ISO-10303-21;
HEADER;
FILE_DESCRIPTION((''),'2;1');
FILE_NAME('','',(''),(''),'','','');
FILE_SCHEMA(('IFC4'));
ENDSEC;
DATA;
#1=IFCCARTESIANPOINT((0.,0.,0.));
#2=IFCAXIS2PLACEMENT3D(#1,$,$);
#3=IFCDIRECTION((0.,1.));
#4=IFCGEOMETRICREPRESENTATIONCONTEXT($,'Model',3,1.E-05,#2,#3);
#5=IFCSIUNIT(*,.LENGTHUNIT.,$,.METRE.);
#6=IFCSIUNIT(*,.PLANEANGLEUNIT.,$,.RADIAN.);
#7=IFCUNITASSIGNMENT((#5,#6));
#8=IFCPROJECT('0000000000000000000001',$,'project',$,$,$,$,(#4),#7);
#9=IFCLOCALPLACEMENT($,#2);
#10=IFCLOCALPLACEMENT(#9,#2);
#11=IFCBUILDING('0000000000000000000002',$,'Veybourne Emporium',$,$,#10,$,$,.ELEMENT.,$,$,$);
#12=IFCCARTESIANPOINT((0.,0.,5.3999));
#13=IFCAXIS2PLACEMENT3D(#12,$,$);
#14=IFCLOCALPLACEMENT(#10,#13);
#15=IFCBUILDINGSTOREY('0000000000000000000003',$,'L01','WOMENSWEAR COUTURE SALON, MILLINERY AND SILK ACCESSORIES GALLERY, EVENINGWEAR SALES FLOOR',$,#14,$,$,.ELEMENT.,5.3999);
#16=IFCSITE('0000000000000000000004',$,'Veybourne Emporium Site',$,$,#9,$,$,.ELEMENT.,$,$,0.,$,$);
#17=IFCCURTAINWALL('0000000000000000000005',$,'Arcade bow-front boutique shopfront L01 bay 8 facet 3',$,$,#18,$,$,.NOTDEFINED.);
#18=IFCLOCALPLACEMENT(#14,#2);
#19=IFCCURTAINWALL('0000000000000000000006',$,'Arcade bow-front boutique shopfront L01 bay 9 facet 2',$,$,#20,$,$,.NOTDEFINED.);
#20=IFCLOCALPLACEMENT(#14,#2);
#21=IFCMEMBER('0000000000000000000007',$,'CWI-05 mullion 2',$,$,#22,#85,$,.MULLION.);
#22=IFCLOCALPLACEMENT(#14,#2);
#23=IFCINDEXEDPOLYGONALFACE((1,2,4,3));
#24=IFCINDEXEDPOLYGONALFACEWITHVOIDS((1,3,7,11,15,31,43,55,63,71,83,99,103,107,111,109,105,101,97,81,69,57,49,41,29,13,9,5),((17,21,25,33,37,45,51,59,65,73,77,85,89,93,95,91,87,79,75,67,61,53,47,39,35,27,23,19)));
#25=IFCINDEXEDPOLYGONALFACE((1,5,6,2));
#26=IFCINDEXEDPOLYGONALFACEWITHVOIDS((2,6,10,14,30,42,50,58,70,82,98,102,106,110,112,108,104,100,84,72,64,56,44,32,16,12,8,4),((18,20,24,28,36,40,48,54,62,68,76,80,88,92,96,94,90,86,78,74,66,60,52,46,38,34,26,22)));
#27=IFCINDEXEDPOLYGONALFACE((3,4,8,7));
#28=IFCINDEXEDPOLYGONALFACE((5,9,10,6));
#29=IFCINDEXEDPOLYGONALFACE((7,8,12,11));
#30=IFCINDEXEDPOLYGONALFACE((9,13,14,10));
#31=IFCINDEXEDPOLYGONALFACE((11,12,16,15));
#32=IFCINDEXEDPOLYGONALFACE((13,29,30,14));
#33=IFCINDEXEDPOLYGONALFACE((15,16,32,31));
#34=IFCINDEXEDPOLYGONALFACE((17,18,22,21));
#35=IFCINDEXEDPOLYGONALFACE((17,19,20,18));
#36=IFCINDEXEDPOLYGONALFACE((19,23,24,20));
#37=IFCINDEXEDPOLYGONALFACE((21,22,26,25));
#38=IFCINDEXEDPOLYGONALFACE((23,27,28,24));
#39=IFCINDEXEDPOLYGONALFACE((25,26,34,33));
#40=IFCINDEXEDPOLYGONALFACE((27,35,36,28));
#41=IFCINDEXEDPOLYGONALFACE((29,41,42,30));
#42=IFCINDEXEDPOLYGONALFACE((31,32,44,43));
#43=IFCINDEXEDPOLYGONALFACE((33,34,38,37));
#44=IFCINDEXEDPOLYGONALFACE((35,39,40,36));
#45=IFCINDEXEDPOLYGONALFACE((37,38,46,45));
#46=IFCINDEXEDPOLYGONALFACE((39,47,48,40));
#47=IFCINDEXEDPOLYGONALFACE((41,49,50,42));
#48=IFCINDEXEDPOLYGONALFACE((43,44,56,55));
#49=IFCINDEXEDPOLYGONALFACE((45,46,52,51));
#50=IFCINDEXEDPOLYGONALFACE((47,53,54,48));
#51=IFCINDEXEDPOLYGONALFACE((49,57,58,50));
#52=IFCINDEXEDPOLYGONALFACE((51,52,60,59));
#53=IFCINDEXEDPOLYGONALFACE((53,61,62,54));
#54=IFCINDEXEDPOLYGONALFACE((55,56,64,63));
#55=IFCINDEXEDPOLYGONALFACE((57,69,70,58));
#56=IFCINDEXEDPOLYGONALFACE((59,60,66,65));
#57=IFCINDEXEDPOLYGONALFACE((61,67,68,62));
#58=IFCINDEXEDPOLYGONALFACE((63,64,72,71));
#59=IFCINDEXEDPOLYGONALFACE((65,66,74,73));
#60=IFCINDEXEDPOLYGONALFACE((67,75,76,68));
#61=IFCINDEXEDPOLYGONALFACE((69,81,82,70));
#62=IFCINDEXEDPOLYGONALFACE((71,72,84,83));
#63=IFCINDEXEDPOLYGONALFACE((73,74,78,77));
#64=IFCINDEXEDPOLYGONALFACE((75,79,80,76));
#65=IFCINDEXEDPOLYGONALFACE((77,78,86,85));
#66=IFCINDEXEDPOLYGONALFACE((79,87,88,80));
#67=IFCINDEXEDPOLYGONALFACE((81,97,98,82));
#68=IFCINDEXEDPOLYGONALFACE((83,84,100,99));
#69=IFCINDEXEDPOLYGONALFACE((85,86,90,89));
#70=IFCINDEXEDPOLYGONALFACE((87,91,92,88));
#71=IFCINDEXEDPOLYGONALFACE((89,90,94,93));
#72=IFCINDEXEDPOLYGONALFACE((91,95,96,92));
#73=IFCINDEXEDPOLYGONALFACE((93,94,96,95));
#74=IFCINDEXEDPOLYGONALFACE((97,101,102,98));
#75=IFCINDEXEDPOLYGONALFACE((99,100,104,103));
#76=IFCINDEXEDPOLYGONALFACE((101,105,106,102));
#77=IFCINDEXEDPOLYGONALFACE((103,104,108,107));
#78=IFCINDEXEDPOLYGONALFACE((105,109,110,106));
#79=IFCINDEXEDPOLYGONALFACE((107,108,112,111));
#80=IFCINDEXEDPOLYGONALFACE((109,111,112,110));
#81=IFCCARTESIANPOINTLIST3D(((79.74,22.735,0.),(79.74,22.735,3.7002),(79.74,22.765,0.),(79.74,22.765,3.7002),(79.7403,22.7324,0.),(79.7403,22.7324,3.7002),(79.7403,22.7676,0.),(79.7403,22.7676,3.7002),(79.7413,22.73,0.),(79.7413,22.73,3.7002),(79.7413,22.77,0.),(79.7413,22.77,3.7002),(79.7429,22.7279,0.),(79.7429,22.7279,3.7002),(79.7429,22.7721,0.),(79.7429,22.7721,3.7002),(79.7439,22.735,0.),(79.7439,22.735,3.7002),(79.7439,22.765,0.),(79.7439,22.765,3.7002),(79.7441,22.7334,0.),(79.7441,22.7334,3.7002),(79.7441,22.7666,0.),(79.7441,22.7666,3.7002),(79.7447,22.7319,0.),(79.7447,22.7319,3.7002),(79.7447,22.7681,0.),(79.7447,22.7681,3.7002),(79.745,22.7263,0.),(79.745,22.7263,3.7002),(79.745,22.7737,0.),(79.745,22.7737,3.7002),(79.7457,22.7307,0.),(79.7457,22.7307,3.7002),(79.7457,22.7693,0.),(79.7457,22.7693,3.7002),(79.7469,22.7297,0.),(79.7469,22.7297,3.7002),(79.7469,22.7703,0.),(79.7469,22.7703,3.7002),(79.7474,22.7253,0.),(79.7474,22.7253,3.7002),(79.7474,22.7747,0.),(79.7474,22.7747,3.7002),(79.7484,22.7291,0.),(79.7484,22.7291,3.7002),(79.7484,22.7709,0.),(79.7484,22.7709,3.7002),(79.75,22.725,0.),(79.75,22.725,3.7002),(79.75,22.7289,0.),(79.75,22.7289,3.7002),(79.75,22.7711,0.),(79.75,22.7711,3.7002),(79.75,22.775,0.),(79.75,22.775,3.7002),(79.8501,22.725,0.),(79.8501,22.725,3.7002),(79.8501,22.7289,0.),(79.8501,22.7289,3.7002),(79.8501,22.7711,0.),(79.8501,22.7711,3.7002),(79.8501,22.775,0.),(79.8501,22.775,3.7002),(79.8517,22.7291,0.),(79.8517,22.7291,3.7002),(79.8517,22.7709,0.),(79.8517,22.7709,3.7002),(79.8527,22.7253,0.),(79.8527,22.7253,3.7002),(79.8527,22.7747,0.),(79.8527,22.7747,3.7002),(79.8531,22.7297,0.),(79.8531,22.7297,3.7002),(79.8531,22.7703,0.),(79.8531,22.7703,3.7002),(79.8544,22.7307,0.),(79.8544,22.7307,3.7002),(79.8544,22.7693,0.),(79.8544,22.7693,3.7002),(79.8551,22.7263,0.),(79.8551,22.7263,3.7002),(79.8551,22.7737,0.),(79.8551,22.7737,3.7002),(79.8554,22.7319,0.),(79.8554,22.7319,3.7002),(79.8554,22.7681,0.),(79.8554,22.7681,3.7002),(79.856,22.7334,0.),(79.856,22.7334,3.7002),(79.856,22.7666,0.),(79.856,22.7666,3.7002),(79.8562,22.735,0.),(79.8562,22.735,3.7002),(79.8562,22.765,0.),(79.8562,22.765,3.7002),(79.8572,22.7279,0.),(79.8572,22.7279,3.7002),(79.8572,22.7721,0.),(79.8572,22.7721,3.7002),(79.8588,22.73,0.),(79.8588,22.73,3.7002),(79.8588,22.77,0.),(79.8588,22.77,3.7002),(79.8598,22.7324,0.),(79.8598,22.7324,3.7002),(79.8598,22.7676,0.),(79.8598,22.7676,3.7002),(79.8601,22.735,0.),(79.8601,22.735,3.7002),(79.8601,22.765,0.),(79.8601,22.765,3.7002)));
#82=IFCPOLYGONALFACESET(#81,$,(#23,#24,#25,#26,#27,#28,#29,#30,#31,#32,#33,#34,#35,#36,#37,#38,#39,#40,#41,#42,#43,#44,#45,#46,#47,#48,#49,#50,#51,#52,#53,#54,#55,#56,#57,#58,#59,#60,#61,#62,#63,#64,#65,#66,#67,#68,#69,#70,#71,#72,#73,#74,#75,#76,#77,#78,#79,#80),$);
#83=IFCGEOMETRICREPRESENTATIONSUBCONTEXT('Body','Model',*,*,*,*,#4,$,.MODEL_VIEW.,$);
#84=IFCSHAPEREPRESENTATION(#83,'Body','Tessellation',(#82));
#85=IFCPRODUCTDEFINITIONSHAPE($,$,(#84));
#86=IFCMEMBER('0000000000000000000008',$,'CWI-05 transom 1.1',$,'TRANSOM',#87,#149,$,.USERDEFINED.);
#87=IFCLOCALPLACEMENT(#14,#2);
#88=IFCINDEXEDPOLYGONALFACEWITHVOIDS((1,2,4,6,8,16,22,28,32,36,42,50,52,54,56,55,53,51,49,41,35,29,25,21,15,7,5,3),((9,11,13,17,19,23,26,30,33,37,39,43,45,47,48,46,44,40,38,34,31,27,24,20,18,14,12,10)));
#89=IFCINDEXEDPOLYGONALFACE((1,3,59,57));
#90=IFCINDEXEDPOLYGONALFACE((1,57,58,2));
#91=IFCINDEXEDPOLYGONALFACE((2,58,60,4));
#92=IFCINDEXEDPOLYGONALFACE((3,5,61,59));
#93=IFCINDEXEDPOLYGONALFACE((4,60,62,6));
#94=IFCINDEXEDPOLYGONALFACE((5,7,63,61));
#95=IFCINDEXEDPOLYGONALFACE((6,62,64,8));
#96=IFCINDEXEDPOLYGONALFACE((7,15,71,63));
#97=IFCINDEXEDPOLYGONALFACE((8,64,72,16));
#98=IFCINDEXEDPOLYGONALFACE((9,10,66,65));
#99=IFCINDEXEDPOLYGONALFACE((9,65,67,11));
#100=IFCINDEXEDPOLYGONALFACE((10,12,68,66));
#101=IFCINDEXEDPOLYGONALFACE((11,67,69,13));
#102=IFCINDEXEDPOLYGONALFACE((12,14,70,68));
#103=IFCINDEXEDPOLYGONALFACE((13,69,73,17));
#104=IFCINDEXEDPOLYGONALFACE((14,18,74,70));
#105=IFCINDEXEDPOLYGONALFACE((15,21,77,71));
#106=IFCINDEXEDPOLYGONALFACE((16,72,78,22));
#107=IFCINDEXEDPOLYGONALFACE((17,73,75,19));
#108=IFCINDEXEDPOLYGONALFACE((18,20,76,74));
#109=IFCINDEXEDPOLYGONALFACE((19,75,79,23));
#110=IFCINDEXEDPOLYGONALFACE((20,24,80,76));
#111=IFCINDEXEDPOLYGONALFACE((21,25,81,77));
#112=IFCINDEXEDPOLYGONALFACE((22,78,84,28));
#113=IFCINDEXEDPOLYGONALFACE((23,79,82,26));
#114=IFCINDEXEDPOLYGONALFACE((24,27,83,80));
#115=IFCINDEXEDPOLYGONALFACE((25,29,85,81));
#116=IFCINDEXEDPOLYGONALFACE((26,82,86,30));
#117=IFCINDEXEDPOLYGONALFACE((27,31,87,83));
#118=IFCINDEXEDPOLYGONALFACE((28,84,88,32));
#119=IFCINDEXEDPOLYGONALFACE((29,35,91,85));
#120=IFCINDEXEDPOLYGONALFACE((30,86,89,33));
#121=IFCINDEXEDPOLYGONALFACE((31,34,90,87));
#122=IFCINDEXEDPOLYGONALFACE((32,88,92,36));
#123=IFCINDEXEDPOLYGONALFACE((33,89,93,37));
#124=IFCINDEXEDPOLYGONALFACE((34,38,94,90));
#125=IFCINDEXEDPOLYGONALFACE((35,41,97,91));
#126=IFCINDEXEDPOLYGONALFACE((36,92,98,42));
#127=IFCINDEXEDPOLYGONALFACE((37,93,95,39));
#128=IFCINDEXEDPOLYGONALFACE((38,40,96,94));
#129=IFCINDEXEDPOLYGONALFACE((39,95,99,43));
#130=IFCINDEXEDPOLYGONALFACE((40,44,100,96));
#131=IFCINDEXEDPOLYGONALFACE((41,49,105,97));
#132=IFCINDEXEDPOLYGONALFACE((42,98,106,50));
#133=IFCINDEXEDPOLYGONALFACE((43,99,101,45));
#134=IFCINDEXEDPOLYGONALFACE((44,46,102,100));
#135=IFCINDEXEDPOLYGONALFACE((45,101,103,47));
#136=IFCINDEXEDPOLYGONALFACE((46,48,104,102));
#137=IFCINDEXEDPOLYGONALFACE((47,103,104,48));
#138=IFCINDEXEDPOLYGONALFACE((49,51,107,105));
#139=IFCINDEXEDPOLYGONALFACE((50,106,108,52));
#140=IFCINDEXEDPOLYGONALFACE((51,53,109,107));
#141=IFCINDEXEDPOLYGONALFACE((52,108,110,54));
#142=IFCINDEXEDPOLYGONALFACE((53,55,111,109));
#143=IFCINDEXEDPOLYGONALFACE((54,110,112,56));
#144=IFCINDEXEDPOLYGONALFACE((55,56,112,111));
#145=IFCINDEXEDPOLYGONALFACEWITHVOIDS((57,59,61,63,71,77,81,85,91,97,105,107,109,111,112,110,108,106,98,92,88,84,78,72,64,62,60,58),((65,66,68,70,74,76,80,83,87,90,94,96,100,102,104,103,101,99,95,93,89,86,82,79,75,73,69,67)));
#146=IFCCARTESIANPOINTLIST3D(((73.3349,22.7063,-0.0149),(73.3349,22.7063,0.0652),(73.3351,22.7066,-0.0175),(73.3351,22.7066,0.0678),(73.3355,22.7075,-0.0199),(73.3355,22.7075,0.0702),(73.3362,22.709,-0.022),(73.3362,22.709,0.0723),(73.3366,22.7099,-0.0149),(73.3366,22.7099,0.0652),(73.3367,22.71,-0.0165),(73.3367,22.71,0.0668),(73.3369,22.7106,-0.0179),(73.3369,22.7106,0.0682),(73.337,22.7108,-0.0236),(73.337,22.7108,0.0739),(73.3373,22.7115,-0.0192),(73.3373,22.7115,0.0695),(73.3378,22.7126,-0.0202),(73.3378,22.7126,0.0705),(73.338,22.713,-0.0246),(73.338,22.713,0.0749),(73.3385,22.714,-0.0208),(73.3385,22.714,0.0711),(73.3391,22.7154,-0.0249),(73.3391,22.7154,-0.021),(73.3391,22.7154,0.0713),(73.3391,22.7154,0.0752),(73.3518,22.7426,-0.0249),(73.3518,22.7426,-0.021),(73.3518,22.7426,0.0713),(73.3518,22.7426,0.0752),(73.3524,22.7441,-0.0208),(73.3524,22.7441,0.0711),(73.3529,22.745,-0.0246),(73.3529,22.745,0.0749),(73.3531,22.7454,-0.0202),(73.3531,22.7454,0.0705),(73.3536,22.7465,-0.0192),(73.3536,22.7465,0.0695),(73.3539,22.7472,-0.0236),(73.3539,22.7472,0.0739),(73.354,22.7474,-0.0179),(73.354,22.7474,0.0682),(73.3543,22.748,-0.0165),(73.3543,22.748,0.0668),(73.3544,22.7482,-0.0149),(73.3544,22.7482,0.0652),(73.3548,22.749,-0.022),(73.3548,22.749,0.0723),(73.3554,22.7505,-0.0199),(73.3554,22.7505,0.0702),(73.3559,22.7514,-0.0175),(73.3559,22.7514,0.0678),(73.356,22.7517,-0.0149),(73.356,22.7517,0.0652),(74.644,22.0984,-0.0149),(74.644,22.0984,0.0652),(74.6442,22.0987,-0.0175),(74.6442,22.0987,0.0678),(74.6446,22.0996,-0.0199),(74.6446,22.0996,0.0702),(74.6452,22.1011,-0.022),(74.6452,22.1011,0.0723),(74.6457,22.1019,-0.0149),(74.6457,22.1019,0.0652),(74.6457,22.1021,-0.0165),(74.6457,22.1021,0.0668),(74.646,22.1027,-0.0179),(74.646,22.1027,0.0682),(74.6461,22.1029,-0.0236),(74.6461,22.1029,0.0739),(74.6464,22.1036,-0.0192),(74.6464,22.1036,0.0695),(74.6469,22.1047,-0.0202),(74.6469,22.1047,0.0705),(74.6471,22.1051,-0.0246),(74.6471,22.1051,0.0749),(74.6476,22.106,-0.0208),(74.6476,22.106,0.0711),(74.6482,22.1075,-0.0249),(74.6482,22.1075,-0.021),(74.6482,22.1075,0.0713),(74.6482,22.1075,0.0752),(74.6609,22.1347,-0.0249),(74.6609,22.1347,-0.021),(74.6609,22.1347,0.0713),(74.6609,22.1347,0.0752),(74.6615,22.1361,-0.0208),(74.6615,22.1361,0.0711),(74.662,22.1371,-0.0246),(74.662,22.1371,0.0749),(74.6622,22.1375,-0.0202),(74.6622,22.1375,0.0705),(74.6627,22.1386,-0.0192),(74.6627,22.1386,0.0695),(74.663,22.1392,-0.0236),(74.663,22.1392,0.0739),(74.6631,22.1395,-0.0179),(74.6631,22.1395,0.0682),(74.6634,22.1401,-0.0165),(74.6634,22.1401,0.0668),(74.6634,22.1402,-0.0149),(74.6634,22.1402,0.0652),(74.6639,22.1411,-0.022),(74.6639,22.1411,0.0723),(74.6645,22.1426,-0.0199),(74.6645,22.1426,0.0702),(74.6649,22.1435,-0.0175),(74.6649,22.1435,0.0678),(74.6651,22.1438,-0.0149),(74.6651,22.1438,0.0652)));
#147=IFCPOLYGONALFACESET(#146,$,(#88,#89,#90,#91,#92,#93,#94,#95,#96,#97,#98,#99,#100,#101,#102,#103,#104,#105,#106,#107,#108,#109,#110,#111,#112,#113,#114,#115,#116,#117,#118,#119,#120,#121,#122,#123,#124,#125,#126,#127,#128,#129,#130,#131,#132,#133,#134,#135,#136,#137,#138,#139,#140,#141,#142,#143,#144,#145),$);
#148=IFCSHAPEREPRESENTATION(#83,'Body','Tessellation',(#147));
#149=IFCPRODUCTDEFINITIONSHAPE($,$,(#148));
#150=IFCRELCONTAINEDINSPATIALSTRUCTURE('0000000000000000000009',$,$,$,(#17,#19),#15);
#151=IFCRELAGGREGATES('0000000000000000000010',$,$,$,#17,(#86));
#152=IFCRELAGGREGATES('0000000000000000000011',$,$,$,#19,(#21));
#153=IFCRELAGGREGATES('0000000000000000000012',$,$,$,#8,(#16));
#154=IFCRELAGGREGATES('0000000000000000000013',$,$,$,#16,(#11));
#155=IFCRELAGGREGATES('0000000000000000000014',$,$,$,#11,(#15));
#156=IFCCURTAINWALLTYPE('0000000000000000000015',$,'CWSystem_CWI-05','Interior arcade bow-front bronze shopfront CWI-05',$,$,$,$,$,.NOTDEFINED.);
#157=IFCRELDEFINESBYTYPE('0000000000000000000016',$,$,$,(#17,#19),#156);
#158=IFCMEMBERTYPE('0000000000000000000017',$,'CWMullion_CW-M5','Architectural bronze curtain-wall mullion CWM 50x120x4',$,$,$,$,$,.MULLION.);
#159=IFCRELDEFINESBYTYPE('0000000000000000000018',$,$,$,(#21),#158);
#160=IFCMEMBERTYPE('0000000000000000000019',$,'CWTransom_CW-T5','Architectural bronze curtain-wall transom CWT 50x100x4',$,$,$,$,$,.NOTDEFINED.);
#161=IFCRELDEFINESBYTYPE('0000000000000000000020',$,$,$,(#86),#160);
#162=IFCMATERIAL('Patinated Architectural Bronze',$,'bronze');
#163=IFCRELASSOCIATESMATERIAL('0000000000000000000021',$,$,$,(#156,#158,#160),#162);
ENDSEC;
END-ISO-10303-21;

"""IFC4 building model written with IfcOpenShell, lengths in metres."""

from ifc_helpers import new_model, si_unit, direction, frame, origin, origin_2d, place, context, subcontext, project, spatial, hollow_rectangle, extrude, material, material_profile, profile_set, type_object, element, aggregate, save


model = new_model("IFC4")

# Units and contexts
model_context = context("Model", 3, precision=1e-05, world=origin(), true_north=direction((0.0, 1.0)))
body_context = subcontext(model_context, "Body", "Model", "MODEL_VIEW")
ifc_project = project(units=[si_unit("LENGTHUNIT", "METRE"), si_unit("PLANEANGLEUNIT", "RADIAN")], contexts=[model_context])

# Site, building, storey
site_placement = place(None, origin())
site = spatial("IfcSite", under=ifc_project, at=site_placement, Name="Veybourne Emporium Site", CompositionType="ELEMENT", RefElevation=0.0)
building_placement = place(site_placement, origin())
building = spatial("IfcBuilding", under=site, at=building_placement, Name="Veybourne Emporium", CompositionType="ELEMENT")
storey_placement = place(building_placement, frame((0.0, 0.0, 5.3999)))
storey = spatial("IfcBuildingStorey", under=building, at=storey_placement, Name="L01", Description="WOMENSWEAR COUTURE SALON, MILLINERY AND SILK ACCESSORIES GALLERY, EVENINGWEAR SALES FLOOR", CompositionType="ELEMENT", Elevation=5.3999)

# Curtain wall
ifc_material_1 = material(Name="Patinated Architectural Bronze", Category="bronze")
curtain_wall_type_1 = type_object("IfcCurtainWallType", Name="CWSystem_CWI-05", Description="Interior arcade bow-front bronze shopfront CWI-05", PredefinedType="NOTDEFINED", material=ifc_material_1)
curtain_wall_1_placement = place(storey_placement, origin())
curtain_wall_1 = element("IfcCurtainWall", 1, at=curtain_wall_1_placement, inside=storey, type_object=curtain_wall_type_1, Name="Arcade bow-front boutique shopfront L01 bay 8 facet 3", PredefinedType="NOTDEFINED")
ifc_material_profile_1 = material_profile(ifc_material_1, hollow_rectangle(XDim=0.05, YDim=0.1201, WallThickness=0.0039, InnerFilletRadius=0.0061, OuterFilletRadius=0.01, at=origin_2d()), Name="CWM 50x120x4")
ifc_profile_set_1 = profile_set([ifc_material_profile_1], Name="Patinated Architectural Bronze")
member_type_1 = type_object("IfcMemberType", Name="CWMullion_CW-M5", Description="Architectural bronze curtain-wall mullion CWM 50x120x4", PredefinedType="MULLION", material=ifc_profile_set_1)

# Curtain wall, member
curtain_wall_2_placement = place(storey_placement, origin())
curtain_wall_2 = element("IfcCurtainWall", 2, at=curtain_wall_2_placement, inside=storey, type_object=curtain_wall_type_1, Name="Arcade bow-front boutique shopfront L01 bay 9 facet 2", PredefinedType="NOTDEFINED")
member_1_placement = place(storey_placement, frame((79.8, 22.75, 0.0), z_axis=(0.0, 0.0, 1.0), x_axis=(0.0, 1.0, 0.0)))
member_1 = element("IfcMember", 3, at=member_1_placement, type_object=member_type_1, Name="CWI-05 mullion 2", PredefinedType="MULLION", context=body_context, shape_type="SweptSolid", body=[
    extrude(hollow_rectangle(XDim=0.05, YDim=0.1201, WallThickness=0.0039, InnerFilletRadius=0.0061, OuterFilletRadius=0.01, at=origin_2d()), origin(), (0.0, 0.0, 1.0), 3.7002),
])

# Member
ifc_material_profile_2 = material_profile(ifc_material_1, hollow_rectangle(XDim=0.05, YDim=0.1001, WallThickness=0.0039, InnerFilletRadius=0.0061, OuterFilletRadius=0.01, at=origin_2d()), Name="CWT 50x100x4")
ifc_profile_set_2 = profile_set([ifc_material_profile_2], Name="Patinated Architectural Bronze")
member_type_2 = type_object("IfcMemberType", Name="CWTransom_CW-T5", Description="Architectural bronze curtain-wall transom CWT 50x100x4", PredefinedType="NOTDEFINED", material=ifc_profile_set_2)
member_2_placement = place(storey_placement, frame((73.3455, 22.729, 0.0251), z_axis=(0.906977, -0.421181, 0.0), x_axis=(0.421181, 0.906977, 0.0)))
member_2 = element("IfcMember", 4, at=member_2_placement, type_object=member_type_2, Name="CWI-05 transom 1.1", ObjectType="TRANSOM", PredefinedType="USERDEFINED", context=body_context, shape_type="SweptSolid", body=[
    extrude(hollow_rectangle(XDim=0.05, YDim=0.1001, WallThickness=0.0039, InnerFilletRadius=0.0061, OuterFilletRadius=0.01, at=origin_2d()), origin(), (0.0, 0.0, 1.0), 1.4434),
])

aggregate(curtain_wall_1, [member_2])
aggregate(curtain_wall_2, [member_1])

save(model, "model.ifc")
